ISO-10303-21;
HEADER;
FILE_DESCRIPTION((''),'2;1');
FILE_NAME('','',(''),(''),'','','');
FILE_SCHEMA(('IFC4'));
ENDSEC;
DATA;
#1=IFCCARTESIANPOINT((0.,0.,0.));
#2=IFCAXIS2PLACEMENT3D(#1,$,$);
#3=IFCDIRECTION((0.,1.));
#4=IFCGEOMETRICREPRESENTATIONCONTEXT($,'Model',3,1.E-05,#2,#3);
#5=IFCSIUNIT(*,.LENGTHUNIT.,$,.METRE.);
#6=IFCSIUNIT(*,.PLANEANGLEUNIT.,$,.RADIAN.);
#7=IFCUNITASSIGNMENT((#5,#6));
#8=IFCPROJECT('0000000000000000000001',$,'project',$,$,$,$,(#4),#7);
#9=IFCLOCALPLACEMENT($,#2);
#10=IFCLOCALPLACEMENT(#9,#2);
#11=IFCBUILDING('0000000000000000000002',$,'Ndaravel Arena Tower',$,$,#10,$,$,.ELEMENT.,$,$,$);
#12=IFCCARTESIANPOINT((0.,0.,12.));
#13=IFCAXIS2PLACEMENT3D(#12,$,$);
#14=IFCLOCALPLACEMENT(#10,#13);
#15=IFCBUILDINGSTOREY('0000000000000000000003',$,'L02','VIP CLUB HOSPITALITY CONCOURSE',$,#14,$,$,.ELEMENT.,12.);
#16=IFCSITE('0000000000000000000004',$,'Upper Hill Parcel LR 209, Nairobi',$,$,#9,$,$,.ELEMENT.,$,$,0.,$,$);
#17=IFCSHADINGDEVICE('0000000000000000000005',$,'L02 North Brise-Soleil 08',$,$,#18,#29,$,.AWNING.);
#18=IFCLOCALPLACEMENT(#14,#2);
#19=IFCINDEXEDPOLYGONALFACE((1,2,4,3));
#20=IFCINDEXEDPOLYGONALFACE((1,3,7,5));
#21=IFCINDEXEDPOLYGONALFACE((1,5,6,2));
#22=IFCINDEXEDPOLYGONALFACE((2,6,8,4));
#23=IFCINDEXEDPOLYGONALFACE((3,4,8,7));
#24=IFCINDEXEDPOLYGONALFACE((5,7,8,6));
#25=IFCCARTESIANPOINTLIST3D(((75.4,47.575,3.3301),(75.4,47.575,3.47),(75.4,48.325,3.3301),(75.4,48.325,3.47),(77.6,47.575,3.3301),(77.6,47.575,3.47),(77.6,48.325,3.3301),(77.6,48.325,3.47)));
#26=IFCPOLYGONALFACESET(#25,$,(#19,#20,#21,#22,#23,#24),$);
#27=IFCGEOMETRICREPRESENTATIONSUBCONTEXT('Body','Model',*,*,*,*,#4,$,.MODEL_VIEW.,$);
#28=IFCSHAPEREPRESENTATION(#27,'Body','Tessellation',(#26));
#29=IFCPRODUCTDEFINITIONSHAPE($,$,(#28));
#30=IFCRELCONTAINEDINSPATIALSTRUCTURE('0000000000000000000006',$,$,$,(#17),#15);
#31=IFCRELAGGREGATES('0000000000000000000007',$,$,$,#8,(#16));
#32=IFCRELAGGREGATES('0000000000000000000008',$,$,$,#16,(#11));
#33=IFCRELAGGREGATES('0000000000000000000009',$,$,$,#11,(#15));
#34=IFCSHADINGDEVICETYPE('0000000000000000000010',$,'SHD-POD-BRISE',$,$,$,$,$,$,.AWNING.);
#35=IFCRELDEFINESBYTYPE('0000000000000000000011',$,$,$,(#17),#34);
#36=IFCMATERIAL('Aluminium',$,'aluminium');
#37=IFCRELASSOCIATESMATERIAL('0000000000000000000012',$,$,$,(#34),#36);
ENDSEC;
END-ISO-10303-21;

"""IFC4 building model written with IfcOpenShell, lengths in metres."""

from ifc_helpers import new_model, si_unit, direction, frame, origin, origin_2d, place, context, subcontext, project, spatial, rectangle, extrude, material, type_object, element, save


model = new_model("IFC4")

# Units and contexts
model_context = context("Model", 3, precision=1e-05, world=origin(), true_north=direction((0.0, 1.0)))
body_context = subcontext(model_context, "Body", "Model", "MODEL_VIEW")
ifc_project = project(units=[si_unit("LENGTHUNIT", "METRE"), si_unit("PLANEANGLEUNIT", "RADIAN")], contexts=[model_context])

# Site, building, storey
site_placement = place(None, origin())
site = spatial("IfcSite", under=ifc_project, at=site_placement, Name="Upper Hill Parcel LR 209, Nairobi", CompositionType="ELEMENT", RefElevation=0.0)
building_placement = place(site_placement, origin())
building = spatial("IfcBuilding", under=site, at=building_placement, Name="Ndaravel Arena Tower", CompositionType="ELEMENT")
storey_placement = place(building_placement, frame((0.0, 0.0, 12.0)))
storey = spatial("IfcBuildingStorey", under=building, at=storey_placement, Name="L02", Description="VIP CLUB HOSPITALITY CONCOURSE", CompositionType="ELEMENT", Elevation=12.0)

# Shading device
ifc_material_1 = material(Name="Aluminium", Category="aluminium")
shading_device_type = type_object("IfcShadingDeviceType", Name="SHD-POD-BRISE", PredefinedType="AWNING", material=ifc_material_1)
for number, where, z_axis, x_axis, name in (
    (1, (76.5, 47.95, 3.3301), (0.0, 0.0, 1.0), (1.0, 0.0, 0.0), "L02 North Brise-Soleil 08"),
):
    element("IfcShadingDevice", number, at=place(storey_placement, frame(where, z_axis=z_axis, x_axis=x_axis)), inside=storey, type_object=shading_device_type, Name=name, PredefinedType="AWNING", context=body_context, shape_type="SweptSolid", body=[
        extrude(rectangle(XDim=2.2, YDim=0.75, at=origin_2d()), origin(), (0.0, 0.0, 1.0), 0.1399),
    ])

save(model, "model.ifc")
